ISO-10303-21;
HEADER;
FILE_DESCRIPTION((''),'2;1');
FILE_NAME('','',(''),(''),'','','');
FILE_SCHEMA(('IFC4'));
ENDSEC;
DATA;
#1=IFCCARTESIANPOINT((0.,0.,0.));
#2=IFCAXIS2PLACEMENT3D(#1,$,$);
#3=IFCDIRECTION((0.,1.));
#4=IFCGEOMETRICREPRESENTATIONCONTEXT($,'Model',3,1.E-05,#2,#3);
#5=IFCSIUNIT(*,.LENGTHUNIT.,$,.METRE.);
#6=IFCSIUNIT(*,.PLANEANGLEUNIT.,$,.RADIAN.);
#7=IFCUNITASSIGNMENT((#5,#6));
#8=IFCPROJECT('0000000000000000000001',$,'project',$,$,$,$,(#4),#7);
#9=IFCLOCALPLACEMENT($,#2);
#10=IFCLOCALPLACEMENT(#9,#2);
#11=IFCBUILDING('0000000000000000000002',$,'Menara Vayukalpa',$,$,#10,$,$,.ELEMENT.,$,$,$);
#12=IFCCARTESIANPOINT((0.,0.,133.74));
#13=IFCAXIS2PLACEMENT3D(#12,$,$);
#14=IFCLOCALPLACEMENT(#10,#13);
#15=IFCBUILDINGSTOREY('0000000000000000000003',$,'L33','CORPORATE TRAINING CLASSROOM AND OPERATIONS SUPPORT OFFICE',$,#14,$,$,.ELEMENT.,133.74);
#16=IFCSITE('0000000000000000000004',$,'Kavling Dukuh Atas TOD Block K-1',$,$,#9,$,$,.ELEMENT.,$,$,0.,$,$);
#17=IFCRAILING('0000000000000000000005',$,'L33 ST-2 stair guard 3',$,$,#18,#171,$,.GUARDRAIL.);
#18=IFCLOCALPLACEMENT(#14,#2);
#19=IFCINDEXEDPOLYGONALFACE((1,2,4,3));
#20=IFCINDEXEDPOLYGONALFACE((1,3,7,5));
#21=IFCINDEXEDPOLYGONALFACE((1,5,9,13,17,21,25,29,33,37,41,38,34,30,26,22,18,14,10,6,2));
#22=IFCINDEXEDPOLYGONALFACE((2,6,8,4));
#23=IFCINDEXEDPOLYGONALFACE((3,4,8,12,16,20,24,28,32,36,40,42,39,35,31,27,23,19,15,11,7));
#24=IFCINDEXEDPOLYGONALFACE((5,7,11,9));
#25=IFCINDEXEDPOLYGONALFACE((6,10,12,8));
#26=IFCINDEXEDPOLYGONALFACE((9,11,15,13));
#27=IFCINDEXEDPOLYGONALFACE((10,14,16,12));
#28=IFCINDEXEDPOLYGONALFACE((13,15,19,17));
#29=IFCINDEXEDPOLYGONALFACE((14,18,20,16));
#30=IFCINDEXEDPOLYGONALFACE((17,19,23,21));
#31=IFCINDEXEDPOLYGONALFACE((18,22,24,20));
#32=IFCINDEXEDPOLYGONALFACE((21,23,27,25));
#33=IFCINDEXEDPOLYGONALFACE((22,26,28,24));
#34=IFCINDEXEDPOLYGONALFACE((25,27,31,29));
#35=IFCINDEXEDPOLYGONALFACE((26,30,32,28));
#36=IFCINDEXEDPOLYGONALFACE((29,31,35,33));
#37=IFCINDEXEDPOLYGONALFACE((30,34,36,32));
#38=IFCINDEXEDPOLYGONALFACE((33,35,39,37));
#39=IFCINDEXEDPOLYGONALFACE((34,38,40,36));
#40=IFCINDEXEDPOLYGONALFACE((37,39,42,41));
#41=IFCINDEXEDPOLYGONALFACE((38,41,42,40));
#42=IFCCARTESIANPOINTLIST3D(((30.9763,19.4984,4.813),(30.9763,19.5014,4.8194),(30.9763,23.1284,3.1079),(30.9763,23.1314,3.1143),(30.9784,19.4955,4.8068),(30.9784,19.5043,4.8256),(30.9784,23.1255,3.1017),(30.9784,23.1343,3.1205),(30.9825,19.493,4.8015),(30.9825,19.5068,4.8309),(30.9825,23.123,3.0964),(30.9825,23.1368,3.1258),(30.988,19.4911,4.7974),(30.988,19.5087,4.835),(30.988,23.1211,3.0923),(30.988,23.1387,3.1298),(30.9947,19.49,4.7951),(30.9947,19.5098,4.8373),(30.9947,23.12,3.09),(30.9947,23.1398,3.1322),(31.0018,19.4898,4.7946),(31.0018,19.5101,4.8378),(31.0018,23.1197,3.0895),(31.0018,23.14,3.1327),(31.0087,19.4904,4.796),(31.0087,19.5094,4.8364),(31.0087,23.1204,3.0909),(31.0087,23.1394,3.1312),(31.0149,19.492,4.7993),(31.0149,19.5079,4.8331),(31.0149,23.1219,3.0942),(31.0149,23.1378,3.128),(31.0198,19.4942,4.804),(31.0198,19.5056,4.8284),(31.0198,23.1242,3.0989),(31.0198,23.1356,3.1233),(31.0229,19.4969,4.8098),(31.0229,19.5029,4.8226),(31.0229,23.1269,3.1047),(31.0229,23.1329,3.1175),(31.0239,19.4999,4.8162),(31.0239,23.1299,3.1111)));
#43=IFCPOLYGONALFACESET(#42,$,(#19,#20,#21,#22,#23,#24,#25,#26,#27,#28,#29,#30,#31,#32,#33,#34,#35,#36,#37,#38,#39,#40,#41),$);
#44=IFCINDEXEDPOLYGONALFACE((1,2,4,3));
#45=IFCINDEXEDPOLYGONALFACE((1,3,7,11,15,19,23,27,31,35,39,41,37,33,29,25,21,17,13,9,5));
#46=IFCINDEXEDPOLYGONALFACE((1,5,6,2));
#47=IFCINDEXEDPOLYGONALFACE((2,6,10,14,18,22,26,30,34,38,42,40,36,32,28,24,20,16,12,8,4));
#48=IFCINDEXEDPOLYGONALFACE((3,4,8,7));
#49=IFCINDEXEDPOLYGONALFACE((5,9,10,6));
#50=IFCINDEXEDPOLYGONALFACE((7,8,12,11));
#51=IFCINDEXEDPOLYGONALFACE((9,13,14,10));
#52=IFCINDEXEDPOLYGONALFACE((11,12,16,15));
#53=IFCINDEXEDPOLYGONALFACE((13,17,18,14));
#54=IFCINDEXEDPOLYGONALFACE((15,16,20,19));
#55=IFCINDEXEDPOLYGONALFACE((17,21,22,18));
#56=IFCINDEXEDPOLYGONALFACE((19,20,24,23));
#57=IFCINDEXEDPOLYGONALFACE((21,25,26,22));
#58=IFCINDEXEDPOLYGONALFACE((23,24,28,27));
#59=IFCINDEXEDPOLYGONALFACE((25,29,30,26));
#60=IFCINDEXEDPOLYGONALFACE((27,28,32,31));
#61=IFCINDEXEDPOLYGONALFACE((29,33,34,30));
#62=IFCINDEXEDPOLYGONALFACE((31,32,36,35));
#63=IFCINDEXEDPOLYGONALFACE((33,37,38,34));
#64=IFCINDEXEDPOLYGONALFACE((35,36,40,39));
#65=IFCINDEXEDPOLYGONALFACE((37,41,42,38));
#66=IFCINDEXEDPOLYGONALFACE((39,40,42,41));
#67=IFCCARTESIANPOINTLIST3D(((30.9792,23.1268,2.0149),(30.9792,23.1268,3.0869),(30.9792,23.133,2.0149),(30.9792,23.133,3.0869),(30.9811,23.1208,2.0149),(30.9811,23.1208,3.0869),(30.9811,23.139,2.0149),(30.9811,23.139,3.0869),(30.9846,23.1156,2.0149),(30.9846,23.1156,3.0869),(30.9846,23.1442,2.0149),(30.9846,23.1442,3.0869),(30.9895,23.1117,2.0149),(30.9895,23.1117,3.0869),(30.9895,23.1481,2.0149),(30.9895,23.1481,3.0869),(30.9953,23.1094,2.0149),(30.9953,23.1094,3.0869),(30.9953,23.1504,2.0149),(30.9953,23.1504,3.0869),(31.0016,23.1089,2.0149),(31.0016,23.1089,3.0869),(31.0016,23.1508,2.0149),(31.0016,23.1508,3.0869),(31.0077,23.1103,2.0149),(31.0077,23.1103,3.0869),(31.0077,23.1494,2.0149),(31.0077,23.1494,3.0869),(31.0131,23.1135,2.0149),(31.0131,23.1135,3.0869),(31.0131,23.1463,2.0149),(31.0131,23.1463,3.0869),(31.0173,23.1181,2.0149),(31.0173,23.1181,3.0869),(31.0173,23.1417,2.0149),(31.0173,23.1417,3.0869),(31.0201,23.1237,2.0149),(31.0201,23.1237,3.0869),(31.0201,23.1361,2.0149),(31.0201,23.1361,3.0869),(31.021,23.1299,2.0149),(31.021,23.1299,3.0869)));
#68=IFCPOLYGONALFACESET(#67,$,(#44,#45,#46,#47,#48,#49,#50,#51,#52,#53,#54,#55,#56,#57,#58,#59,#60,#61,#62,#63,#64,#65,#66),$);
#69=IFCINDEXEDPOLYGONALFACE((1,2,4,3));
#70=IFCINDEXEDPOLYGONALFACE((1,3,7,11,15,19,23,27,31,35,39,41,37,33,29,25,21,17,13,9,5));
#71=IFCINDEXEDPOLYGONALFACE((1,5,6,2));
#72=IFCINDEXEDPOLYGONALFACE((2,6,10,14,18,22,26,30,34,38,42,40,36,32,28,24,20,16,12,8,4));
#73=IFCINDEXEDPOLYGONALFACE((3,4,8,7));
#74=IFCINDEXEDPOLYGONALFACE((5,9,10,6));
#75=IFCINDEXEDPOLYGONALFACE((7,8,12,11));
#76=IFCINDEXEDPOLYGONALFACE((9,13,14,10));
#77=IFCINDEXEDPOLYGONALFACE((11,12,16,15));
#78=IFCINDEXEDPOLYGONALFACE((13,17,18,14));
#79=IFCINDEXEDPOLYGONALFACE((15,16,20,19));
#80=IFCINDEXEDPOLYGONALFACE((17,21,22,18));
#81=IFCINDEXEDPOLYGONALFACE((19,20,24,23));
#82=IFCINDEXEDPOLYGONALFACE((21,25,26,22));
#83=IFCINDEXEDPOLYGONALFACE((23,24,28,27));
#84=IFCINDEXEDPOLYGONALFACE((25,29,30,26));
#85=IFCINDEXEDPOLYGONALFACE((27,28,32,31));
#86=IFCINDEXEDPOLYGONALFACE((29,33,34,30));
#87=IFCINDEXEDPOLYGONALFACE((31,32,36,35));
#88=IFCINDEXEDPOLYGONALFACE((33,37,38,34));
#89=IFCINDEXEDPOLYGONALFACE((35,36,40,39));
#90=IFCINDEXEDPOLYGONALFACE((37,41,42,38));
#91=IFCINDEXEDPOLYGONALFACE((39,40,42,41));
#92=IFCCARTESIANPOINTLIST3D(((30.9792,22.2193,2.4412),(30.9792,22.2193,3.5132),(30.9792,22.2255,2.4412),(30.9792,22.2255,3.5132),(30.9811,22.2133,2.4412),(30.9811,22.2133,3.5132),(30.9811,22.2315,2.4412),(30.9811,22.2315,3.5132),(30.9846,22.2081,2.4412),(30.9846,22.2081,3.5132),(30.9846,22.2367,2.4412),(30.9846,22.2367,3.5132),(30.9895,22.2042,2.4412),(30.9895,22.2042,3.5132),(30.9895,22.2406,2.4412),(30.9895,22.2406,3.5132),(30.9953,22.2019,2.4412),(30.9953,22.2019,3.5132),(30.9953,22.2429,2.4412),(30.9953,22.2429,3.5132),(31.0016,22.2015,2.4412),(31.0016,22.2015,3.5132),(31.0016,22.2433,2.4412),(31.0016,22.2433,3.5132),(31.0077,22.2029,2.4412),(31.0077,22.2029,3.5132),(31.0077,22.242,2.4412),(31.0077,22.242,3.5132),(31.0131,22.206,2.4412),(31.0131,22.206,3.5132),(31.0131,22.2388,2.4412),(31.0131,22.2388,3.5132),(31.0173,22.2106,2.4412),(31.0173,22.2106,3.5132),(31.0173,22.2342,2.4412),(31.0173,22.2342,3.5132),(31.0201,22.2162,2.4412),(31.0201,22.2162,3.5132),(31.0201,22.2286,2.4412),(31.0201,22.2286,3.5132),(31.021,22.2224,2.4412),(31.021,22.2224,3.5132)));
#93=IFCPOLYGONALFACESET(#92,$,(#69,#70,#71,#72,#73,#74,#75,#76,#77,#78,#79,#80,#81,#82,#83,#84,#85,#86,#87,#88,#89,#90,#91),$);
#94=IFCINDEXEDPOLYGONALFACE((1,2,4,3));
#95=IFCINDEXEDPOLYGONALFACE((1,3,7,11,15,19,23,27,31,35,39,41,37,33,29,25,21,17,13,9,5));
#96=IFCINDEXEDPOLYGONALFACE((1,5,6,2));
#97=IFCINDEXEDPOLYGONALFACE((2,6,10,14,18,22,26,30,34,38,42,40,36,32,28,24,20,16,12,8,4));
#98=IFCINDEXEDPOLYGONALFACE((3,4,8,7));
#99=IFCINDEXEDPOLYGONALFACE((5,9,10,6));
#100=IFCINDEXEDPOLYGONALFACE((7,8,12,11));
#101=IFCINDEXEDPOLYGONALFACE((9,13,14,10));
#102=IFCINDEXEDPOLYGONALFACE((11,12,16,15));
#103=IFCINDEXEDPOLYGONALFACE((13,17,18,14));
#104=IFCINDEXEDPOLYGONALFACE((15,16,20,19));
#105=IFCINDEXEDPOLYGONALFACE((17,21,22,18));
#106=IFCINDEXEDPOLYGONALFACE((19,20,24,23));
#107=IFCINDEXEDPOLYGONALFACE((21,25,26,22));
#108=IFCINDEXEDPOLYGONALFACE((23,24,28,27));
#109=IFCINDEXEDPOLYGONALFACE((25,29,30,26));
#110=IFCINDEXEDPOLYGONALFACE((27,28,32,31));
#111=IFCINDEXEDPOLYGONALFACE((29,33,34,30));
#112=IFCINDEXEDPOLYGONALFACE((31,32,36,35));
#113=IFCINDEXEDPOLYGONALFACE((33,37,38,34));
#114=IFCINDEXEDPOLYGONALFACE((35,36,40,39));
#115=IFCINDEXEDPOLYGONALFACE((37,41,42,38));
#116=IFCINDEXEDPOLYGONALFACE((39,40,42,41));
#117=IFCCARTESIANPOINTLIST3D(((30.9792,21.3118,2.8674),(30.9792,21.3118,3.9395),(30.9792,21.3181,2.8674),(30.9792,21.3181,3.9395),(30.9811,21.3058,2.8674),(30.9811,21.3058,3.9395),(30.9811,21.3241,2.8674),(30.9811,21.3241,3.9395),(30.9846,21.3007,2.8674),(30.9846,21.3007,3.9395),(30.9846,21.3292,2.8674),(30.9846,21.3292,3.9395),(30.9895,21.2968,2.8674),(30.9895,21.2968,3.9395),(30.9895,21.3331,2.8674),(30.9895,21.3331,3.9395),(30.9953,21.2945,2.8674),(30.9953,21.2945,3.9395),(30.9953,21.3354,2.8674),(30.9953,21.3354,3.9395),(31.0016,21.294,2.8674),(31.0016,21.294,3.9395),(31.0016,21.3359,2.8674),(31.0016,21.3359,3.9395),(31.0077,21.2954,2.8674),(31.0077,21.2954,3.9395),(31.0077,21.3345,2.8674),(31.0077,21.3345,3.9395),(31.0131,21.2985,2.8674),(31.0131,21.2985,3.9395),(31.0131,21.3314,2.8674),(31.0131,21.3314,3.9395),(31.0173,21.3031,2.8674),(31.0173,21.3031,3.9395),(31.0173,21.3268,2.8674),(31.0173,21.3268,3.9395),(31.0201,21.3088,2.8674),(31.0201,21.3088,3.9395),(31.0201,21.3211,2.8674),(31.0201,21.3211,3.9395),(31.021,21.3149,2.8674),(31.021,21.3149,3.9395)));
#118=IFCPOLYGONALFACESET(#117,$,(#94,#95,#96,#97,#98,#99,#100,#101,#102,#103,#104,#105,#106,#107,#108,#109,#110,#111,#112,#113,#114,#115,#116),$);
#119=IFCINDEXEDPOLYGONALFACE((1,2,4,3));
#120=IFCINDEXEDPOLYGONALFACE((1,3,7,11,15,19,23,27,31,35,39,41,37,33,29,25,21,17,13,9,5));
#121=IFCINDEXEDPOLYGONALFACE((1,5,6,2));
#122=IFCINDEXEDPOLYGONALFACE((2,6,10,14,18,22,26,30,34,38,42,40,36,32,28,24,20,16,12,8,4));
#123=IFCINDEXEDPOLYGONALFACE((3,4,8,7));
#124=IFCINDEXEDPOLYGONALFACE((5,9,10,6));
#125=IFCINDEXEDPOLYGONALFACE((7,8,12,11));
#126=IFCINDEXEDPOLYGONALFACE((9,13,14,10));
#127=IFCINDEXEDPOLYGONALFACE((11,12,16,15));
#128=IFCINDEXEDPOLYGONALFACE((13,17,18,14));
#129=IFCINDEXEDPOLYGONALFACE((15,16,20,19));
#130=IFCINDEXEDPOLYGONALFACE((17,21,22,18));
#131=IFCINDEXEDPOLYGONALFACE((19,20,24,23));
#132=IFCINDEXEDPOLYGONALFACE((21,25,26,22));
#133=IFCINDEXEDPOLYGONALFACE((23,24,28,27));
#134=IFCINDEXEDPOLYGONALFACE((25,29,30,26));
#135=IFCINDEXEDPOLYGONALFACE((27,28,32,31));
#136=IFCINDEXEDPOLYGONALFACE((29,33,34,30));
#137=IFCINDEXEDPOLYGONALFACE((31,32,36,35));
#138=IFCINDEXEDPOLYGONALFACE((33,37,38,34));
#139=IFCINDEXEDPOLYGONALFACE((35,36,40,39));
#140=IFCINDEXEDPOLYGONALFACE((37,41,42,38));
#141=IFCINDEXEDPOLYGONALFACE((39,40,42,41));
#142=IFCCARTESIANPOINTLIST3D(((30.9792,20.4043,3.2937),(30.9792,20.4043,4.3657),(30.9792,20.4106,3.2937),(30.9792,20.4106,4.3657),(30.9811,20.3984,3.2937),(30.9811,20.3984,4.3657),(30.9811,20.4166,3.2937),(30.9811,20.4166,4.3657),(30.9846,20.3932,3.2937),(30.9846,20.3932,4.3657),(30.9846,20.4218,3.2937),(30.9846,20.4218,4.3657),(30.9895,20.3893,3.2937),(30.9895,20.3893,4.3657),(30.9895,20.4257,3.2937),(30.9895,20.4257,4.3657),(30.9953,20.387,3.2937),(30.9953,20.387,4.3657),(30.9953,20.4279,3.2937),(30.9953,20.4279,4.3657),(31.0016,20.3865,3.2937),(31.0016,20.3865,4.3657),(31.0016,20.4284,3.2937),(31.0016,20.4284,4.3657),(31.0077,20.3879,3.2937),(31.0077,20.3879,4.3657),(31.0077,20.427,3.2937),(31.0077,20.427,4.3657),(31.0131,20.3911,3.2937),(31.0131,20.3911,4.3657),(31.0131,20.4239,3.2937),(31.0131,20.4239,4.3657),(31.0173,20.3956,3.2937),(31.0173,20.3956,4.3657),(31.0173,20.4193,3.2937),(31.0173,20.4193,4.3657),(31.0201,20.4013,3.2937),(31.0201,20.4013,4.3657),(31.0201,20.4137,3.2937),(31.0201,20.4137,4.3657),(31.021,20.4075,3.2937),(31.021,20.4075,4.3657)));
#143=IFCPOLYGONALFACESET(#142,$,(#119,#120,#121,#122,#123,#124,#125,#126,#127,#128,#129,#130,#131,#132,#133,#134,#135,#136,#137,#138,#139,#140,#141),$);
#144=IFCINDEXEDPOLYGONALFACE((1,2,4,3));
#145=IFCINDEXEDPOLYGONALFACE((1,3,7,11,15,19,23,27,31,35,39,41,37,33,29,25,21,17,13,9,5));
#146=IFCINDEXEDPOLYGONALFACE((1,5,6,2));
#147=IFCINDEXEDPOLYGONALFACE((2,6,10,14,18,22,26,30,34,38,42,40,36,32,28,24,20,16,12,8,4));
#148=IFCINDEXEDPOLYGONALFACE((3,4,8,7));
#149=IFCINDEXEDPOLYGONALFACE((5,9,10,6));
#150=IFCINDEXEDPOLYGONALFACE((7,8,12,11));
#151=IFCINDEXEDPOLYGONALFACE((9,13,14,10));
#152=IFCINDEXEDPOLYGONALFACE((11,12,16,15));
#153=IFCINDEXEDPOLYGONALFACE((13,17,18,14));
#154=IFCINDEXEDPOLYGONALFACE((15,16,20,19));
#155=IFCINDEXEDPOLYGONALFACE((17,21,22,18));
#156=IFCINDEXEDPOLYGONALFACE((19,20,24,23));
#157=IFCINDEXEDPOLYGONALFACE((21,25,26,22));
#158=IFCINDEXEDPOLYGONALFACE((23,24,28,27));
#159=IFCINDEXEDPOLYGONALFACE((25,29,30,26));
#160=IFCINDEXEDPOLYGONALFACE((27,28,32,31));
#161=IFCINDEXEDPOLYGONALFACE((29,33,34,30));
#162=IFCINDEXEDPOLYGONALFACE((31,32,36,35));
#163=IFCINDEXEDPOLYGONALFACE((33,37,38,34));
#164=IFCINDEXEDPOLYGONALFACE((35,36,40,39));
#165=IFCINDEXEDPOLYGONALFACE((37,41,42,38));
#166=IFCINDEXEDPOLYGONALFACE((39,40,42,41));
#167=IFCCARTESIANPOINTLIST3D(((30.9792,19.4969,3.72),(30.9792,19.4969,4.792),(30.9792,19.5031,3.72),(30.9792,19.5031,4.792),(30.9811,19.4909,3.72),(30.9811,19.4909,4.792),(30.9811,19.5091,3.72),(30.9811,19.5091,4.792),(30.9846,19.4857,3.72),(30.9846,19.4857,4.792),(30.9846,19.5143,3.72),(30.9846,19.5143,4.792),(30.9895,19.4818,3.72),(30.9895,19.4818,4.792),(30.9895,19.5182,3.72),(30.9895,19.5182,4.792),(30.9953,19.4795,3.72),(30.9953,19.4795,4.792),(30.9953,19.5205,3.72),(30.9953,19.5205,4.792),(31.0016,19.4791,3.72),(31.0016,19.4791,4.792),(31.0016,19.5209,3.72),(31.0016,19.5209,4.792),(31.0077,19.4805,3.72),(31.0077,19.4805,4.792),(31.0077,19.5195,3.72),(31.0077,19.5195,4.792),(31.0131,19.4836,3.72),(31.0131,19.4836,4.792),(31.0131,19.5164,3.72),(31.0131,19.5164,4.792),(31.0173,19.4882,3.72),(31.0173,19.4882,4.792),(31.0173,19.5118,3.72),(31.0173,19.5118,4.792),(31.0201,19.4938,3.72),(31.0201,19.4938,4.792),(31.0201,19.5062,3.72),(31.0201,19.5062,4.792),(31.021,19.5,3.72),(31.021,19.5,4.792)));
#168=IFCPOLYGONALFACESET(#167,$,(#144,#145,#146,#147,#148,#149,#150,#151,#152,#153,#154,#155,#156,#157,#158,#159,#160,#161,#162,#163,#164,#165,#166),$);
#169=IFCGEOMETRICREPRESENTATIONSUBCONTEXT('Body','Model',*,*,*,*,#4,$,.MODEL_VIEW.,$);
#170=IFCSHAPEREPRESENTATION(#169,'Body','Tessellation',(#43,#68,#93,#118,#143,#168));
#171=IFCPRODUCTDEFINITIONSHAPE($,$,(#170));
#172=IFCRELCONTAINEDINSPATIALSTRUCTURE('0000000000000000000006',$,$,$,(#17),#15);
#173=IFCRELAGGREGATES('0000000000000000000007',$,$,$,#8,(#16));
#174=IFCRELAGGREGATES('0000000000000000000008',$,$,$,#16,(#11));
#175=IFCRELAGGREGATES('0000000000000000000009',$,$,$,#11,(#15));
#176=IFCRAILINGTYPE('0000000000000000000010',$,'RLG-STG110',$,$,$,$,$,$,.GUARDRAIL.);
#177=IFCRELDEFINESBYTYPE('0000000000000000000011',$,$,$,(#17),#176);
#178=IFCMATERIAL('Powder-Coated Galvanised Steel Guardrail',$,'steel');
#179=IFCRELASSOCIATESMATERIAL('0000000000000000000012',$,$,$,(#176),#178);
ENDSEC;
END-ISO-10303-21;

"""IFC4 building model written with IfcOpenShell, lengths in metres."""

from ifc_helpers import new_model, si_unit, direction, frame, origin, origin_2d, place, context, subcontext, project, spatial, circle, extrude, material, type_object, element, save


model = new_model("IFC4")

# Units and contexts
model_context = context("Model", 3, precision=1e-05, world=origin(), true_north=direction((0.0, 1.0)))
body_context = subcontext(model_context, "Body", "Model", "MODEL_VIEW")
ifc_project = project(units=[si_unit("LENGTHUNIT", "METRE"), si_unit("PLANEANGLEUNIT", "RADIAN")], contexts=[model_context])

# Site, building, storey
site_placement = place(None, origin())
site = spatial("IfcSite", under=ifc_project, at=site_placement, Name="Kavling Dukuh Atas TOD Block K-1", CompositionType="ELEMENT", RefElevation=0.0)
building_placement = place(site_placement, origin())
building = spatial("IfcBuilding", under=site, at=building_placement, Name="Menara Vayukalpa", CompositionType="ELEMENT")
storey_placement = place(building_placement, frame((0.0, 0.0, 133.74)))
storey = spatial("IfcBuildingStorey", under=building, at=storey_placement, Name="L33", Description="CORPORATE TRAINING CLASSROOM AND OPERATIONS SUPPORT OFFICE", CompositionType="ELEMENT", Elevation=133.74)

# Railing
ifc_material_1 = material(Name="Powder-Coated Galvanised Steel Guardrail", Category="steel")
railing_type_1 = type_object("IfcRailingType", Name="RLG-STG110", PredefinedType="GUARDRAIL", material=ifc_material_1)
railing_1_placement = place(storey_placement, frame((31.0, 23.1299, 2.0149)))
element("IfcRailing", 1, at=railing_1_placement, inside=storey, type_object=railing_type_1, Name="L33 ST-2 stair guard 3", PredefinedType="GUARDRAIL", context=body_context, shape_type="SweptSolid", body=[
    extrude(circle(Radius=0.0239, at=origin_2d()), frame((0.0, 0.0, 1.0962), z_axis=(0.0, -0.905116, 0.425164), x_axis=(1.0, 0.0, 0.0)), (0.0, 0.0, 1.0), 4.0105),
    extrude(circle(Radius=0.021, at=origin_2d()), origin(), (0.0, 0.0, 1.0), 1.072),
    extrude(circle(Radius=0.021, at=origin_2d()), frame((0.0, -0.9075, 0.4263)), (0.0, 0.0, 1.0), 1.072),
    extrude(circle(Radius=0.021, at=origin_2d()), frame((0.0, -1.8149, 0.8525)), (0.0, 0.0, 1.0), 1.072),
    extrude(circle(Radius=0.021, at=origin_2d()), frame((0.0, -2.7224, 1.2788)), (0.0, 0.0, 1.0), 1.072),
    extrude(circle(Radius=0.021, at=origin_2d()), frame((0.0, -3.6299, 1.7051)), (0.0, 0.0, 1.0), 1.072),
])

save(model, "model.ifc")
